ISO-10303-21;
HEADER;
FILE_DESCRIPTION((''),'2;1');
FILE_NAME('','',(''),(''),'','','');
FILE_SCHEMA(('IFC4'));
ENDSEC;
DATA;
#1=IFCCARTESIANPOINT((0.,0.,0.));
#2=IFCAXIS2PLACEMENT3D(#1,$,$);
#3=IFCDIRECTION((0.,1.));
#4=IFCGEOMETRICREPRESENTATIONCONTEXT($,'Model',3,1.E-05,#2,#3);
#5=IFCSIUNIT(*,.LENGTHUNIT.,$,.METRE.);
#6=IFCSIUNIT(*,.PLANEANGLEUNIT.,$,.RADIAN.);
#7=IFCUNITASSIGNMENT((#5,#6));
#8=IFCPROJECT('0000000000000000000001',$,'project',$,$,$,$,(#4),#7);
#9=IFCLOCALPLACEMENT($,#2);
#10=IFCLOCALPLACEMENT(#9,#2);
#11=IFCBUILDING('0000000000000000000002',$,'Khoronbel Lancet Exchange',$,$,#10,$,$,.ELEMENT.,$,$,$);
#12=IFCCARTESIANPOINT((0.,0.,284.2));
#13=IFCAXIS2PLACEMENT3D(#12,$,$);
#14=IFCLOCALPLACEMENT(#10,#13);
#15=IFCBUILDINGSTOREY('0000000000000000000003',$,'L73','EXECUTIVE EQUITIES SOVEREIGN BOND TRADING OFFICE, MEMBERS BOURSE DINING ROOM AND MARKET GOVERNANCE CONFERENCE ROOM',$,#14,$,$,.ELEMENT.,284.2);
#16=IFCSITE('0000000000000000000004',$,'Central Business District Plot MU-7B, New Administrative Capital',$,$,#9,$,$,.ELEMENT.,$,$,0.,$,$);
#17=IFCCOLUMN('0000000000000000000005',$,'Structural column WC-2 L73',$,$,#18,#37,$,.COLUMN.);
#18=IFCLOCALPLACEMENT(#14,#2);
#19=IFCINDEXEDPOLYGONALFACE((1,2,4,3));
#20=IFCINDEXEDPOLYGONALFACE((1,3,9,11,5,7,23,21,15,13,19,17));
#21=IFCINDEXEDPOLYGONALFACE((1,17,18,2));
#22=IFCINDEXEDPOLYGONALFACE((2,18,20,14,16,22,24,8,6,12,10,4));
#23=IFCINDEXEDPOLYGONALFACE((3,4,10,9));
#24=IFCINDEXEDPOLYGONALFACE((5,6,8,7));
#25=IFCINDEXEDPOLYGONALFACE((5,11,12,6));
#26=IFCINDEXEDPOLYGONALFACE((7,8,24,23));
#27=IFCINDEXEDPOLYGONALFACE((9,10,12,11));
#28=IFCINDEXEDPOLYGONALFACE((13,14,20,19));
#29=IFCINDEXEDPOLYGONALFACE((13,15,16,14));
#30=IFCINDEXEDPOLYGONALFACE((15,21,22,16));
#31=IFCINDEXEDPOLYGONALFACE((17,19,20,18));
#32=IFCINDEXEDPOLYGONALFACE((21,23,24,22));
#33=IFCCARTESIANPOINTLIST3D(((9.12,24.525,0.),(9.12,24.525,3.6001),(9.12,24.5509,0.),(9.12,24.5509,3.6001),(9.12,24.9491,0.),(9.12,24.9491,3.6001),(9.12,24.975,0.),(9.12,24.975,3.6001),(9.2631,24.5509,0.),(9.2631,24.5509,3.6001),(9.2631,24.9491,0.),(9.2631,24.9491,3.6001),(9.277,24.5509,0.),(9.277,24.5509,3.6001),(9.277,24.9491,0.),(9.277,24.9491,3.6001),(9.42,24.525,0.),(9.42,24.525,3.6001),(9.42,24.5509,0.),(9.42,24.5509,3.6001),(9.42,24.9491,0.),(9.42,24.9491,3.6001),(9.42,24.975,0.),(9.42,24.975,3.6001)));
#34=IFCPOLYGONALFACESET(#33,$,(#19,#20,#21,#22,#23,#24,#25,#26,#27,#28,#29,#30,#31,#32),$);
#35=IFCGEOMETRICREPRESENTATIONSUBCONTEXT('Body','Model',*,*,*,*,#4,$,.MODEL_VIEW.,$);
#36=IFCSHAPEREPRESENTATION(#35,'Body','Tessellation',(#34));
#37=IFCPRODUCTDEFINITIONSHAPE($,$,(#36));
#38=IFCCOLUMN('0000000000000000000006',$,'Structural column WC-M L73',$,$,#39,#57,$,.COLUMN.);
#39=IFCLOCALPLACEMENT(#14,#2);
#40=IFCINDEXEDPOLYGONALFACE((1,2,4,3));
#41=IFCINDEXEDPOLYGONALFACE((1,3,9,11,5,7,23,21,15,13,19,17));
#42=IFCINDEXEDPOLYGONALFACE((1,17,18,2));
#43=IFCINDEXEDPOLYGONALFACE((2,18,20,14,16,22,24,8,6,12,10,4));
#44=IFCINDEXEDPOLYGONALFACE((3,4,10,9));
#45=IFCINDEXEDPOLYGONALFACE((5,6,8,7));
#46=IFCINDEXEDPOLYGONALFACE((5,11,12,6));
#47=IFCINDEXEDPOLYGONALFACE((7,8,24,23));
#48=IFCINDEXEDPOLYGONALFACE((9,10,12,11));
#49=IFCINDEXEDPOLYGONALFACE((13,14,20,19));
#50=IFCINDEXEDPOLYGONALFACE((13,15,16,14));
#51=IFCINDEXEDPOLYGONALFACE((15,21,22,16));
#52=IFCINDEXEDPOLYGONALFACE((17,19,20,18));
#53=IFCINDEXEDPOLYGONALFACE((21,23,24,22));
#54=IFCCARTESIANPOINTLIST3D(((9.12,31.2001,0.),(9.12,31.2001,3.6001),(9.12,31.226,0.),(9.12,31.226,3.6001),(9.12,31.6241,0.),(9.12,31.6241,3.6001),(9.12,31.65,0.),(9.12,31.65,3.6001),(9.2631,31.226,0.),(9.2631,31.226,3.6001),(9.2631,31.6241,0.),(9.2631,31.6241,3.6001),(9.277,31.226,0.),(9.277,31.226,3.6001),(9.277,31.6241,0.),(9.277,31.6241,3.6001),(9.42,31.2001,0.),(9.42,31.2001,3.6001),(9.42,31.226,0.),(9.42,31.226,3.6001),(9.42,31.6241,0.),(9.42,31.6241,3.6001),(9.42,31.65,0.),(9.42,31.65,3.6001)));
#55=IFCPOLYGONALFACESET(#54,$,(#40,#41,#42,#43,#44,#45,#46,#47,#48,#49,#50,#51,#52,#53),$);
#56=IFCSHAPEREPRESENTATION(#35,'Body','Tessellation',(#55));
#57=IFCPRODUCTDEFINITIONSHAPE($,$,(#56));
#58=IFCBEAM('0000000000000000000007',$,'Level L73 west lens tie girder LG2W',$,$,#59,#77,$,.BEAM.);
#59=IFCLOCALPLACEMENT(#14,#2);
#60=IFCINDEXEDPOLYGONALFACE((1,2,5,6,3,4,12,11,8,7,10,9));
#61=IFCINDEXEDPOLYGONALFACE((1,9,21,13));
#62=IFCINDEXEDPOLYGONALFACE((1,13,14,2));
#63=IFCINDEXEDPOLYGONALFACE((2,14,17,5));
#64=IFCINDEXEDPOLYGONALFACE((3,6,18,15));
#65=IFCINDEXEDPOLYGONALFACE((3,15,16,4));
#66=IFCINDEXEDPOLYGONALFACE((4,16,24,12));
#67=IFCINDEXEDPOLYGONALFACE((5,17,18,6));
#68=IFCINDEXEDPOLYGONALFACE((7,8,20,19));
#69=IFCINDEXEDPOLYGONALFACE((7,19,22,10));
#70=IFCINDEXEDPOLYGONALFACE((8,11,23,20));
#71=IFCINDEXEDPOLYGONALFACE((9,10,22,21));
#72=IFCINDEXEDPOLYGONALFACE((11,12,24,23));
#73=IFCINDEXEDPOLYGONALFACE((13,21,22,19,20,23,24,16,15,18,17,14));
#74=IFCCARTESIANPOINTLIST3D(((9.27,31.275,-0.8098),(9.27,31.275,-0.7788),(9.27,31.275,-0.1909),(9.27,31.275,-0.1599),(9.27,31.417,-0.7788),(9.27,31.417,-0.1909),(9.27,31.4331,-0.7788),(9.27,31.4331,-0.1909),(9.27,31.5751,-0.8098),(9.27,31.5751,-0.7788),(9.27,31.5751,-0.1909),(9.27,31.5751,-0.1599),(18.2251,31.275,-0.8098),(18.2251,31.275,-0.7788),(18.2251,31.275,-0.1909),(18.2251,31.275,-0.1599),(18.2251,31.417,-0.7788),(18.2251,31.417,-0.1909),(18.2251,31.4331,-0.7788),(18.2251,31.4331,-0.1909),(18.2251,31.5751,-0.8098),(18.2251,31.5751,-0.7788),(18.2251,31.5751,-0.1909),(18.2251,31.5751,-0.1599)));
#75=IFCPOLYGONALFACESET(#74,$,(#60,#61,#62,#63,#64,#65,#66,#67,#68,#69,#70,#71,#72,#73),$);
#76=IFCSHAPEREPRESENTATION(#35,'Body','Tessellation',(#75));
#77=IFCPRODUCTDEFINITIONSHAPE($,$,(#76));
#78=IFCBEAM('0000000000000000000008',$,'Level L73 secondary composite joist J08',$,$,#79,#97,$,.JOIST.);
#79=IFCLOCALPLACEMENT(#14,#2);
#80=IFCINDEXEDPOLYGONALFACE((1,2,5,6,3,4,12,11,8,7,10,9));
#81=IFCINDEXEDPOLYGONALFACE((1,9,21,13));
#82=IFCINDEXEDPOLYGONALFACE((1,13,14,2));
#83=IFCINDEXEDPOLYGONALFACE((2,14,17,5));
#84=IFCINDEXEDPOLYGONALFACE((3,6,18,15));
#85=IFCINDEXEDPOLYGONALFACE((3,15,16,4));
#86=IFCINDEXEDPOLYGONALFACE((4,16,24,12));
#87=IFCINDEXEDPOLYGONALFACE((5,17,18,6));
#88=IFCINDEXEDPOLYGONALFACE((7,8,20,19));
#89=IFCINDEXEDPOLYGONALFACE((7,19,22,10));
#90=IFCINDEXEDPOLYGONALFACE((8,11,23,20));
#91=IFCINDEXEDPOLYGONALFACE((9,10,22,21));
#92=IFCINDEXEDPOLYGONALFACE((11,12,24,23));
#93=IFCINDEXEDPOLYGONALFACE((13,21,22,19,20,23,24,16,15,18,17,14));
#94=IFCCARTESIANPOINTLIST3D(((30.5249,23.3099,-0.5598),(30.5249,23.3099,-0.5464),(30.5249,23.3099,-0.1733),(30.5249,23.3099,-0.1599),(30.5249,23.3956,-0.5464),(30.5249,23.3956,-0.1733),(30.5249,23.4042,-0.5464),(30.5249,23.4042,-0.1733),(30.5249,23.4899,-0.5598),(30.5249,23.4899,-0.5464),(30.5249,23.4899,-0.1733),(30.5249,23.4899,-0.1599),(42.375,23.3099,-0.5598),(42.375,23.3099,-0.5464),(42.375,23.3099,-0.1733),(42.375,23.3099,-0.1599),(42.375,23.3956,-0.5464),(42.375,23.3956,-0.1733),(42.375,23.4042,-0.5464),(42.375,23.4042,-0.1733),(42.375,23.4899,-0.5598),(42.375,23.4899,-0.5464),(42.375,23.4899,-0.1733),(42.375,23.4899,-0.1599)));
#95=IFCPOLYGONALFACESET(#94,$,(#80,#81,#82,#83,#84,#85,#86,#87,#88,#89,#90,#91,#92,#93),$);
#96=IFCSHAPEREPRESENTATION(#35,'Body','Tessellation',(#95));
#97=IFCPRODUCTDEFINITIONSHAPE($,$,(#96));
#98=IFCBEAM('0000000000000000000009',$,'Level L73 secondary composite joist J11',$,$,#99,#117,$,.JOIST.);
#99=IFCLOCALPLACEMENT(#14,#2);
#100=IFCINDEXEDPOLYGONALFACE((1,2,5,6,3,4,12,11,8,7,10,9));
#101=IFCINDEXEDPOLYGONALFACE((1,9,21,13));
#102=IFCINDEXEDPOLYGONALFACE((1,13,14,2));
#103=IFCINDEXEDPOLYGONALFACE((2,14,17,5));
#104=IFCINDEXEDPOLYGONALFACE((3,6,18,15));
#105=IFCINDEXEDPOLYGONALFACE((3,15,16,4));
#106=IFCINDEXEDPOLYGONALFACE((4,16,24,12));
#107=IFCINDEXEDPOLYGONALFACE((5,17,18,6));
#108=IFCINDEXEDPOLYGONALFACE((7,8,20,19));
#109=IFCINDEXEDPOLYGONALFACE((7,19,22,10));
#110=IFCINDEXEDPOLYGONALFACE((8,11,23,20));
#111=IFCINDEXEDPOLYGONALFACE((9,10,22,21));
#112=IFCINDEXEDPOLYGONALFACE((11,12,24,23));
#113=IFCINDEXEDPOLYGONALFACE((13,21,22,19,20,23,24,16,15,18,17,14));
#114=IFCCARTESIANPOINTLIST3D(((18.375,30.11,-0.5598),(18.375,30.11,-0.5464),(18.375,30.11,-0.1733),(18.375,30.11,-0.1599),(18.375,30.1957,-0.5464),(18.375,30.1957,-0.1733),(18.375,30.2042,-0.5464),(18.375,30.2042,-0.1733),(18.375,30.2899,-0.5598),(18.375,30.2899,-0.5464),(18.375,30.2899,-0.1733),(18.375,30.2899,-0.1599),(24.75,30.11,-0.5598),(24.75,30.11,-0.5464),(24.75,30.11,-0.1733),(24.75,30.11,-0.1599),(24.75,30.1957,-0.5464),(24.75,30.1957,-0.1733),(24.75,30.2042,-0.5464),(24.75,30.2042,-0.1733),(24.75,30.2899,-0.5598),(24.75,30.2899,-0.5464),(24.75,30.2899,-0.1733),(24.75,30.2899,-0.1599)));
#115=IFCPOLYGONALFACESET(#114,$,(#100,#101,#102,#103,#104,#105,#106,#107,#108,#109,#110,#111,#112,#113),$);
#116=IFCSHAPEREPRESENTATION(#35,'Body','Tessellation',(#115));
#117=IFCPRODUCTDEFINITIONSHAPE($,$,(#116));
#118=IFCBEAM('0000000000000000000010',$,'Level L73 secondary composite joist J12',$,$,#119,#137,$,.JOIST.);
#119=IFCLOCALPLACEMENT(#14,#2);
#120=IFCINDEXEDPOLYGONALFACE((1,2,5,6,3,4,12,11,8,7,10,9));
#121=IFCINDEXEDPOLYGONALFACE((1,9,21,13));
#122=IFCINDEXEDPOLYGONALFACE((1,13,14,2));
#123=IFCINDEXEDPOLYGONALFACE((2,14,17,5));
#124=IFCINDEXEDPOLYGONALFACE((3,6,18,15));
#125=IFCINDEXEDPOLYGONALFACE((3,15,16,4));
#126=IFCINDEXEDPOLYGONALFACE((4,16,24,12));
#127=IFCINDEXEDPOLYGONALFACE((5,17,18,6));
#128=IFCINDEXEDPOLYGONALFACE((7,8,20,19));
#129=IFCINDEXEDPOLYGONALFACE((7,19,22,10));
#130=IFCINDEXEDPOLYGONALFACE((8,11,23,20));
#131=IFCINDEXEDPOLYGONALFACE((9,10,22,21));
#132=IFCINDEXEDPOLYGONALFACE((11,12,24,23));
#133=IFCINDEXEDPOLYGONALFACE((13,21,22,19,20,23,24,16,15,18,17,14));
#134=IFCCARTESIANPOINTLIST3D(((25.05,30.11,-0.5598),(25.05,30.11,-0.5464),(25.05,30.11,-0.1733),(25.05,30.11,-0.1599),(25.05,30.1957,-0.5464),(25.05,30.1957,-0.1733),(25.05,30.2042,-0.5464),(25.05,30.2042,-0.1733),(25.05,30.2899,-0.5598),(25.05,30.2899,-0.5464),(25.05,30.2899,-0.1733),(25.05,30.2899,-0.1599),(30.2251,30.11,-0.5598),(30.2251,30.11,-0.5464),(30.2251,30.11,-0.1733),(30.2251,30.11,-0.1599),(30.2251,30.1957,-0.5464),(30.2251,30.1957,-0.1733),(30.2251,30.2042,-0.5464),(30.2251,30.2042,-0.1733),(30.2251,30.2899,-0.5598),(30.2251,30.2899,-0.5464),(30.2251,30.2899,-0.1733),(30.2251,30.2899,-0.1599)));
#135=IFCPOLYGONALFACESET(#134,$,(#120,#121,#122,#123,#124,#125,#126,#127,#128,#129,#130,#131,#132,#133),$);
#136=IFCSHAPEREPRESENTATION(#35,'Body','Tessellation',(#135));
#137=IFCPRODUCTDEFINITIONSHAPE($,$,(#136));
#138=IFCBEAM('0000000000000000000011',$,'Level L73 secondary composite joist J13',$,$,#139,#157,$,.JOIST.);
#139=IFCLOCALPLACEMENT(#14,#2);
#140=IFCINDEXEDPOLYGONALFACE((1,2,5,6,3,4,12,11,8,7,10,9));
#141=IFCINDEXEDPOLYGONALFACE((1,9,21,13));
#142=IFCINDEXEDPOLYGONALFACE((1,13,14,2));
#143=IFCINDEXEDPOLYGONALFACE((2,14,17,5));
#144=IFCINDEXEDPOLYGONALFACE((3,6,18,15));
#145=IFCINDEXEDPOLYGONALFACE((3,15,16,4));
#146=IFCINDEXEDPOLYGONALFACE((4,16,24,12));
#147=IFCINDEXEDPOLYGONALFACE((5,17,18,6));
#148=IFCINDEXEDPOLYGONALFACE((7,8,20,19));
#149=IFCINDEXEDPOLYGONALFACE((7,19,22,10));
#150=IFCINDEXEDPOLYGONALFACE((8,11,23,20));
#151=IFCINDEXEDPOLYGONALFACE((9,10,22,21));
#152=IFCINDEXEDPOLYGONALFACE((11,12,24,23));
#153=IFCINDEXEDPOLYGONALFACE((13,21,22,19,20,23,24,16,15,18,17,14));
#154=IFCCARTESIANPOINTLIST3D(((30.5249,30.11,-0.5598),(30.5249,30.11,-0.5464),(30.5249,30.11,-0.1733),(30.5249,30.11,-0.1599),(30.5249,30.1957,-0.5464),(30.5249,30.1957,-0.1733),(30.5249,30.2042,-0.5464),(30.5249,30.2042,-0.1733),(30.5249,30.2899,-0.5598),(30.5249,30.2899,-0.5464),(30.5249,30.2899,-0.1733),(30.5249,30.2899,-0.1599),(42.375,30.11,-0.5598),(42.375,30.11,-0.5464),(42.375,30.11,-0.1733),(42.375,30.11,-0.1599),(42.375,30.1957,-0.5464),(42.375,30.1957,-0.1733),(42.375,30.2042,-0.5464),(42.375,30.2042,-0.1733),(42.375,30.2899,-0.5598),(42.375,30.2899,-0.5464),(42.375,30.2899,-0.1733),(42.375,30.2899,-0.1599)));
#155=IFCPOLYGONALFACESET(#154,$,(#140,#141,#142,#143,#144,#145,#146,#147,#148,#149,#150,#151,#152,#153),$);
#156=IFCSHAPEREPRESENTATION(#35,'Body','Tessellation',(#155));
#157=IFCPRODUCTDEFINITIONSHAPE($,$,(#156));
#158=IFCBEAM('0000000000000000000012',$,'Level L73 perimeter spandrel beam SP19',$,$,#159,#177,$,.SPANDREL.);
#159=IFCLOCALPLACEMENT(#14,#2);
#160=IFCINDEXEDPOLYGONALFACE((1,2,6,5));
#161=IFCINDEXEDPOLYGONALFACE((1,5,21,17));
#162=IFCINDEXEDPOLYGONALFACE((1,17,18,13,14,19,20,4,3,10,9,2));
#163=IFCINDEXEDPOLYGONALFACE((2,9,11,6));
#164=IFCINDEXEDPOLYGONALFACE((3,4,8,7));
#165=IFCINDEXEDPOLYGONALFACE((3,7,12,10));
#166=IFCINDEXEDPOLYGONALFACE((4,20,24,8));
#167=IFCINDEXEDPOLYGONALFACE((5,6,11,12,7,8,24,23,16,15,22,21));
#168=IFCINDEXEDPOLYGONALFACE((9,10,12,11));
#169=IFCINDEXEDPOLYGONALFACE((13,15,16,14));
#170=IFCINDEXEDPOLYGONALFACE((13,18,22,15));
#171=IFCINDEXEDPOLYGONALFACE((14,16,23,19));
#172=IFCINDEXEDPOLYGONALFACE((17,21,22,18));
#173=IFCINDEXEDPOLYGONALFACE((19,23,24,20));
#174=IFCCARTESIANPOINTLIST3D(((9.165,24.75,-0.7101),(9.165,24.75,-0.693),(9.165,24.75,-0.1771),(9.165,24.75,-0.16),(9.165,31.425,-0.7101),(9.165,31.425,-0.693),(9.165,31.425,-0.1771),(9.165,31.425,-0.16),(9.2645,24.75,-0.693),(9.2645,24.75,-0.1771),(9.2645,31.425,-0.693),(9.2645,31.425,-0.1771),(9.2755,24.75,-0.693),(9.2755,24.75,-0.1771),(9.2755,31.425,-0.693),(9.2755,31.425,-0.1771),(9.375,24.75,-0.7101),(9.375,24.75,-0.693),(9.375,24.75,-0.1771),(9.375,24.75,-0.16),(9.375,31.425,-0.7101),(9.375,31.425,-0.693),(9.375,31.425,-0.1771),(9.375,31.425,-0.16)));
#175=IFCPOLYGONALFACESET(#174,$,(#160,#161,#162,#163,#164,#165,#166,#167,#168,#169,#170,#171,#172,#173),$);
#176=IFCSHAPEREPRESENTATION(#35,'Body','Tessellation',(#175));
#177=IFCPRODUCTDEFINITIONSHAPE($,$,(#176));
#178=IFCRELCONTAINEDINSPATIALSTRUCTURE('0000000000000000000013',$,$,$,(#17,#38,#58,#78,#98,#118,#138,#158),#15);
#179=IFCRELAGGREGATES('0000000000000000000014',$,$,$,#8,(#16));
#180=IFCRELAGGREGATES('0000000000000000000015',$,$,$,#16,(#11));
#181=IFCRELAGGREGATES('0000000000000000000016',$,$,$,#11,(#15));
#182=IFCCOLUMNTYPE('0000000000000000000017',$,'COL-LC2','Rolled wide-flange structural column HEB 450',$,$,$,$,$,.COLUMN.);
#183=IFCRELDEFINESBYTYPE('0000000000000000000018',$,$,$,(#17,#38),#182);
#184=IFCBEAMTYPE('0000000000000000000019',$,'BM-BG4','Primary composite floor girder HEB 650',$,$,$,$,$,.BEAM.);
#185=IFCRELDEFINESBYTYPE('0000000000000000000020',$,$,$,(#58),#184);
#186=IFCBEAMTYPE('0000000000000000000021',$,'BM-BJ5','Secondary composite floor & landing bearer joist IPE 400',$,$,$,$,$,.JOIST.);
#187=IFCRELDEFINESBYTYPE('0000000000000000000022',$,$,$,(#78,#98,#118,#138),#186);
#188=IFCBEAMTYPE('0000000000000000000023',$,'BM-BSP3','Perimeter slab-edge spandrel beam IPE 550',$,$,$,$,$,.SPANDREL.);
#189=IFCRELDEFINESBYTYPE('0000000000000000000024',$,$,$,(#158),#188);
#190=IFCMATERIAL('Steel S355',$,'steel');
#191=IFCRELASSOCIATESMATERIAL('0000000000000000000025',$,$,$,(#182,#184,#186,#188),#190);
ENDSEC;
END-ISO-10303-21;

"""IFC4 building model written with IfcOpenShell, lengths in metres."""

from ifc_helpers import new_model, si_unit, direction, frame, origin, origin_2d, place, context, subcontext, project, spatial, i_section, extrude, material, material_profile, profile_set, type_object, element, save


model = new_model("IFC4")

# Units and contexts
model_context = context("Model", 3, precision=1e-05, world=origin(), true_north=direction((0.0, 1.0)))
body_context = subcontext(model_context, "Body", "Model", "MODEL_VIEW")
ifc_project = project(units=[si_unit("LENGTHUNIT", "METRE"), si_unit("PLANEANGLEUNIT", "RADIAN")], contexts=[model_context])

# Site, building, storey
site_placement = place(None, origin())
site = spatial("IfcSite", under=ifc_project, at=site_placement, Name="Central Business District Plot MU-7B, New Administrative Capital", CompositionType="ELEMENT", RefElevation=0.0)
building_placement = place(site_placement, origin())
building = spatial("IfcBuilding", under=site, at=building_placement, Name="Khoronbel Lancet Exchange", CompositionType="ELEMENT")
storey_placement = place(building_placement, frame((0.0, 0.0, 284.2)))
storey = spatial("IfcBuildingStorey", under=building, at=storey_placement, Name="L73", Description="EXECUTIVE EQUITIES SOVEREIGN BOND TRADING OFFICE, MEMBERS BOURSE DINING ROOM AND MARKET GOVERNANCE CONFERENCE ROOM", CompositionType="ELEMENT", Elevation=284.2)

# Columns
ifc_material_1 = material(Name="Steel S355", Category="steel")
ifc_material_profile_1 = material_profile(ifc_material_1, i_section(OverallWidth=0.3, OverallDepth=0.45, WebThickness=0.0139, FlangeThickness=0.0259, at=origin_2d()), Name="HEB 450")
ifc_profile_set_1 = profile_set([ifc_material_profile_1], Name="Steel S355")
column_type = type_object("IfcColumnType", Name="COL-LC2", Description="Rolled wide-flange structural column HEB 450", PredefinedType="COLUMN", material=ifc_profile_set_1)
for number, where, z_axis, x_axis, name in (
    (1, (9.27, 24.75, 0.0), (0.0, 0.0, 1.0), (1.0, 0.0, 0.0), "Structural column WC-2 L73"),
    (2, (9.27, 31.425, 0.0), (0.0, 0.0, 1.0), (1.0, 0.0, 0.0), "Structural column WC-M L73"),
):
    element("IfcColumn", number, at=place(storey_placement, frame(where, z_axis=z_axis, x_axis=x_axis)), inside=storey, type_object=column_type, Name=name, PredefinedType="COLUMN", context=body_context, shape_type="SweptSolid", body=[
        extrude(i_section(OverallWidth=0.3, OverallDepth=0.45, WebThickness=0.0139, FlangeThickness=0.0259, at=origin_2d()), origin(), (0.0, 0.0, 1.0), 3.6001),
    ])

# Beams
ifc_material_profile_2 = material_profile(ifc_material_1, i_section(OverallWidth=0.3, OverallDepth=0.6499, WebThickness=0.0161, FlangeThickness=0.031, at=origin_2d()), Name="HEB 650")
ifc_profile_set_2 = profile_set([ifc_material_profile_2], Name="Steel S355")
beam_type_1 = type_object("IfcBeamType", Name="BM-BG4", Description="Primary composite floor girder HEB 650", PredefinedType="BEAM", material=ifc_profile_set_2)
beam_1_placement = place(storey_placement, frame((9.27, 31.425, -0.4849), z_axis=(1.0, 0.0, 0.0), x_axis=(0.0, 1.0, 0.0)))
element("IfcBeam", 3, at=beam_1_placement, inside=storey, type_object=beam_type_1, Name="Level L73 west lens tie girder LG2W", PredefinedType="BEAM", context=body_context, shape_type="SweptSolid", body=[
    extrude(i_section(OverallWidth=0.3, OverallDepth=0.6499, WebThickness=0.0161, FlangeThickness=0.031, at=origin_2d()), origin(), (0.0, 0.0, 1.0), 8.9551),
])
ifc_material_profile_3 = material_profile(ifc_material_1, i_section(OverallWidth=0.1799, OverallDepth=0.3999, WebThickness=0.0085, FlangeThickness=0.0134, at=origin_2d()), Name="IPE 400")
ifc_profile_set_3 = profile_set([ifc_material_profile_3], Name="Steel S355")
beam_type_2 = type_object("IfcBeamType", Name="BM-BJ5", Description="Secondary composite floor & landing bearer joist IPE 400", PredefinedType="JOIST", material=ifc_profile_set_3)
beam_2_placement = place(storey_placement, frame((30.5249, 23.3999, -0.3599), z_axis=(1.0, 0.0, 0.0), x_axis=(0.0, 1.0, 0.0)))
element("IfcBeam", 4, at=beam_2_placement, inside=storey, type_object=beam_type_2, Name="Level L73 secondary composite joist J08", PredefinedType="JOIST", context=body_context, shape_type="SweptSolid", body=[
    extrude(i_section(OverallWidth=0.1799, OverallDepth=0.3999, WebThickness=0.0085, FlangeThickness=0.0134, at=origin_2d()), origin(), (0.0, 0.0, 1.0), 11.8501),
])
beam_3_placement = place(storey_placement, frame((18.375, 30.2, -0.3599), z_axis=(1.0, 0.0, 0.0), x_axis=(0.0, 1.0, 0.0)))
element("IfcBeam", 5, at=beam_3_placement, inside=storey, type_object=beam_type_2, Name="Level L73 secondary composite joist J11", PredefinedType="JOIST", context=body_context, shape_type="SweptSolid", body=[
    extrude(i_section(OverallWidth=0.1799, OverallDepth=0.3999, WebThickness=0.0085, FlangeThickness=0.0134, at=origin_2d()), origin(), (0.0, 0.0, 1.0), 6.375),
])
beam_4_placement = place(storey_placement, frame((25.05, 30.2, -0.3599), z_axis=(1.0, 0.0, 0.0), x_axis=(0.0, 1.0, 0.0)))
element("IfcBeam", 6, at=beam_4_placement, inside=storey, type_object=beam_type_2, Name="Level L73 secondary composite joist J12", PredefinedType="JOIST", context=body_context, shape_type="SweptSolid", body=[
    extrude(i_section(OverallWidth=0.1799, OverallDepth=0.3999, WebThickness=0.0085, FlangeThickness=0.0134, at=origin_2d()), origin(), (0.0, 0.0, 1.0), 5.175),
])
beam_5_placement = place(storey_placement, frame((30.5249, 30.2, -0.3599), z_axis=(1.0, 0.0, 0.0), x_axis=(0.0, 1.0, 0.0)))
element("IfcBeam", 7, at=beam_5_placement, inside=storey, type_object=beam_type_2, Name="Level L73 secondary composite joist J13", PredefinedType="JOIST", context=body_context, shape_type="SweptSolid", body=[
    extrude(i_section(OverallWidth=0.1799, OverallDepth=0.3999, WebThickness=0.0085, FlangeThickness=0.0134, at=origin_2d()), origin(), (0.0, 0.0, 1.0), 11.8501),
])
ifc_material_profile_4 = material_profile(ifc_material_1, i_section(OverallWidth=0.21, OverallDepth=0.55, WebThickness=0.011, FlangeThickness=0.0171, at=origin_2d()), Name="IPE 550")
ifc_profile_set_4 = profile_set([ifc_material_profile_4], Name="Steel S355")
beam_type_3 = type_object("IfcBeamType", Name="BM-BSP3", Description="Perimeter slab-edge spandrel beam IPE 550", PredefinedType="SPANDREL", material=ifc_profile_set_4)
beam_6_placement = place(storey_placement, frame((9.27, 31.425, -0.4351), z_axis=(0.0, -1.0, 0.0), x_axis=(1.0, 0.0, 0.0)))
element("IfcBeam", 8, at=beam_6_placement, inside=storey, type_object=beam_type_3, Name="Level L73 perimeter spandrel beam SP19", PredefinedType="SPANDREL", context=body_context, shape_type="SweptSolid", body=[
    extrude(i_section(OverallWidth=0.21, OverallDepth=0.55, WebThickness=0.011, FlangeThickness=0.0171, at=origin_2d()), origin(), (0.0, 0.0, 1.0), 6.675),
])

save(model, "model.ifc")
